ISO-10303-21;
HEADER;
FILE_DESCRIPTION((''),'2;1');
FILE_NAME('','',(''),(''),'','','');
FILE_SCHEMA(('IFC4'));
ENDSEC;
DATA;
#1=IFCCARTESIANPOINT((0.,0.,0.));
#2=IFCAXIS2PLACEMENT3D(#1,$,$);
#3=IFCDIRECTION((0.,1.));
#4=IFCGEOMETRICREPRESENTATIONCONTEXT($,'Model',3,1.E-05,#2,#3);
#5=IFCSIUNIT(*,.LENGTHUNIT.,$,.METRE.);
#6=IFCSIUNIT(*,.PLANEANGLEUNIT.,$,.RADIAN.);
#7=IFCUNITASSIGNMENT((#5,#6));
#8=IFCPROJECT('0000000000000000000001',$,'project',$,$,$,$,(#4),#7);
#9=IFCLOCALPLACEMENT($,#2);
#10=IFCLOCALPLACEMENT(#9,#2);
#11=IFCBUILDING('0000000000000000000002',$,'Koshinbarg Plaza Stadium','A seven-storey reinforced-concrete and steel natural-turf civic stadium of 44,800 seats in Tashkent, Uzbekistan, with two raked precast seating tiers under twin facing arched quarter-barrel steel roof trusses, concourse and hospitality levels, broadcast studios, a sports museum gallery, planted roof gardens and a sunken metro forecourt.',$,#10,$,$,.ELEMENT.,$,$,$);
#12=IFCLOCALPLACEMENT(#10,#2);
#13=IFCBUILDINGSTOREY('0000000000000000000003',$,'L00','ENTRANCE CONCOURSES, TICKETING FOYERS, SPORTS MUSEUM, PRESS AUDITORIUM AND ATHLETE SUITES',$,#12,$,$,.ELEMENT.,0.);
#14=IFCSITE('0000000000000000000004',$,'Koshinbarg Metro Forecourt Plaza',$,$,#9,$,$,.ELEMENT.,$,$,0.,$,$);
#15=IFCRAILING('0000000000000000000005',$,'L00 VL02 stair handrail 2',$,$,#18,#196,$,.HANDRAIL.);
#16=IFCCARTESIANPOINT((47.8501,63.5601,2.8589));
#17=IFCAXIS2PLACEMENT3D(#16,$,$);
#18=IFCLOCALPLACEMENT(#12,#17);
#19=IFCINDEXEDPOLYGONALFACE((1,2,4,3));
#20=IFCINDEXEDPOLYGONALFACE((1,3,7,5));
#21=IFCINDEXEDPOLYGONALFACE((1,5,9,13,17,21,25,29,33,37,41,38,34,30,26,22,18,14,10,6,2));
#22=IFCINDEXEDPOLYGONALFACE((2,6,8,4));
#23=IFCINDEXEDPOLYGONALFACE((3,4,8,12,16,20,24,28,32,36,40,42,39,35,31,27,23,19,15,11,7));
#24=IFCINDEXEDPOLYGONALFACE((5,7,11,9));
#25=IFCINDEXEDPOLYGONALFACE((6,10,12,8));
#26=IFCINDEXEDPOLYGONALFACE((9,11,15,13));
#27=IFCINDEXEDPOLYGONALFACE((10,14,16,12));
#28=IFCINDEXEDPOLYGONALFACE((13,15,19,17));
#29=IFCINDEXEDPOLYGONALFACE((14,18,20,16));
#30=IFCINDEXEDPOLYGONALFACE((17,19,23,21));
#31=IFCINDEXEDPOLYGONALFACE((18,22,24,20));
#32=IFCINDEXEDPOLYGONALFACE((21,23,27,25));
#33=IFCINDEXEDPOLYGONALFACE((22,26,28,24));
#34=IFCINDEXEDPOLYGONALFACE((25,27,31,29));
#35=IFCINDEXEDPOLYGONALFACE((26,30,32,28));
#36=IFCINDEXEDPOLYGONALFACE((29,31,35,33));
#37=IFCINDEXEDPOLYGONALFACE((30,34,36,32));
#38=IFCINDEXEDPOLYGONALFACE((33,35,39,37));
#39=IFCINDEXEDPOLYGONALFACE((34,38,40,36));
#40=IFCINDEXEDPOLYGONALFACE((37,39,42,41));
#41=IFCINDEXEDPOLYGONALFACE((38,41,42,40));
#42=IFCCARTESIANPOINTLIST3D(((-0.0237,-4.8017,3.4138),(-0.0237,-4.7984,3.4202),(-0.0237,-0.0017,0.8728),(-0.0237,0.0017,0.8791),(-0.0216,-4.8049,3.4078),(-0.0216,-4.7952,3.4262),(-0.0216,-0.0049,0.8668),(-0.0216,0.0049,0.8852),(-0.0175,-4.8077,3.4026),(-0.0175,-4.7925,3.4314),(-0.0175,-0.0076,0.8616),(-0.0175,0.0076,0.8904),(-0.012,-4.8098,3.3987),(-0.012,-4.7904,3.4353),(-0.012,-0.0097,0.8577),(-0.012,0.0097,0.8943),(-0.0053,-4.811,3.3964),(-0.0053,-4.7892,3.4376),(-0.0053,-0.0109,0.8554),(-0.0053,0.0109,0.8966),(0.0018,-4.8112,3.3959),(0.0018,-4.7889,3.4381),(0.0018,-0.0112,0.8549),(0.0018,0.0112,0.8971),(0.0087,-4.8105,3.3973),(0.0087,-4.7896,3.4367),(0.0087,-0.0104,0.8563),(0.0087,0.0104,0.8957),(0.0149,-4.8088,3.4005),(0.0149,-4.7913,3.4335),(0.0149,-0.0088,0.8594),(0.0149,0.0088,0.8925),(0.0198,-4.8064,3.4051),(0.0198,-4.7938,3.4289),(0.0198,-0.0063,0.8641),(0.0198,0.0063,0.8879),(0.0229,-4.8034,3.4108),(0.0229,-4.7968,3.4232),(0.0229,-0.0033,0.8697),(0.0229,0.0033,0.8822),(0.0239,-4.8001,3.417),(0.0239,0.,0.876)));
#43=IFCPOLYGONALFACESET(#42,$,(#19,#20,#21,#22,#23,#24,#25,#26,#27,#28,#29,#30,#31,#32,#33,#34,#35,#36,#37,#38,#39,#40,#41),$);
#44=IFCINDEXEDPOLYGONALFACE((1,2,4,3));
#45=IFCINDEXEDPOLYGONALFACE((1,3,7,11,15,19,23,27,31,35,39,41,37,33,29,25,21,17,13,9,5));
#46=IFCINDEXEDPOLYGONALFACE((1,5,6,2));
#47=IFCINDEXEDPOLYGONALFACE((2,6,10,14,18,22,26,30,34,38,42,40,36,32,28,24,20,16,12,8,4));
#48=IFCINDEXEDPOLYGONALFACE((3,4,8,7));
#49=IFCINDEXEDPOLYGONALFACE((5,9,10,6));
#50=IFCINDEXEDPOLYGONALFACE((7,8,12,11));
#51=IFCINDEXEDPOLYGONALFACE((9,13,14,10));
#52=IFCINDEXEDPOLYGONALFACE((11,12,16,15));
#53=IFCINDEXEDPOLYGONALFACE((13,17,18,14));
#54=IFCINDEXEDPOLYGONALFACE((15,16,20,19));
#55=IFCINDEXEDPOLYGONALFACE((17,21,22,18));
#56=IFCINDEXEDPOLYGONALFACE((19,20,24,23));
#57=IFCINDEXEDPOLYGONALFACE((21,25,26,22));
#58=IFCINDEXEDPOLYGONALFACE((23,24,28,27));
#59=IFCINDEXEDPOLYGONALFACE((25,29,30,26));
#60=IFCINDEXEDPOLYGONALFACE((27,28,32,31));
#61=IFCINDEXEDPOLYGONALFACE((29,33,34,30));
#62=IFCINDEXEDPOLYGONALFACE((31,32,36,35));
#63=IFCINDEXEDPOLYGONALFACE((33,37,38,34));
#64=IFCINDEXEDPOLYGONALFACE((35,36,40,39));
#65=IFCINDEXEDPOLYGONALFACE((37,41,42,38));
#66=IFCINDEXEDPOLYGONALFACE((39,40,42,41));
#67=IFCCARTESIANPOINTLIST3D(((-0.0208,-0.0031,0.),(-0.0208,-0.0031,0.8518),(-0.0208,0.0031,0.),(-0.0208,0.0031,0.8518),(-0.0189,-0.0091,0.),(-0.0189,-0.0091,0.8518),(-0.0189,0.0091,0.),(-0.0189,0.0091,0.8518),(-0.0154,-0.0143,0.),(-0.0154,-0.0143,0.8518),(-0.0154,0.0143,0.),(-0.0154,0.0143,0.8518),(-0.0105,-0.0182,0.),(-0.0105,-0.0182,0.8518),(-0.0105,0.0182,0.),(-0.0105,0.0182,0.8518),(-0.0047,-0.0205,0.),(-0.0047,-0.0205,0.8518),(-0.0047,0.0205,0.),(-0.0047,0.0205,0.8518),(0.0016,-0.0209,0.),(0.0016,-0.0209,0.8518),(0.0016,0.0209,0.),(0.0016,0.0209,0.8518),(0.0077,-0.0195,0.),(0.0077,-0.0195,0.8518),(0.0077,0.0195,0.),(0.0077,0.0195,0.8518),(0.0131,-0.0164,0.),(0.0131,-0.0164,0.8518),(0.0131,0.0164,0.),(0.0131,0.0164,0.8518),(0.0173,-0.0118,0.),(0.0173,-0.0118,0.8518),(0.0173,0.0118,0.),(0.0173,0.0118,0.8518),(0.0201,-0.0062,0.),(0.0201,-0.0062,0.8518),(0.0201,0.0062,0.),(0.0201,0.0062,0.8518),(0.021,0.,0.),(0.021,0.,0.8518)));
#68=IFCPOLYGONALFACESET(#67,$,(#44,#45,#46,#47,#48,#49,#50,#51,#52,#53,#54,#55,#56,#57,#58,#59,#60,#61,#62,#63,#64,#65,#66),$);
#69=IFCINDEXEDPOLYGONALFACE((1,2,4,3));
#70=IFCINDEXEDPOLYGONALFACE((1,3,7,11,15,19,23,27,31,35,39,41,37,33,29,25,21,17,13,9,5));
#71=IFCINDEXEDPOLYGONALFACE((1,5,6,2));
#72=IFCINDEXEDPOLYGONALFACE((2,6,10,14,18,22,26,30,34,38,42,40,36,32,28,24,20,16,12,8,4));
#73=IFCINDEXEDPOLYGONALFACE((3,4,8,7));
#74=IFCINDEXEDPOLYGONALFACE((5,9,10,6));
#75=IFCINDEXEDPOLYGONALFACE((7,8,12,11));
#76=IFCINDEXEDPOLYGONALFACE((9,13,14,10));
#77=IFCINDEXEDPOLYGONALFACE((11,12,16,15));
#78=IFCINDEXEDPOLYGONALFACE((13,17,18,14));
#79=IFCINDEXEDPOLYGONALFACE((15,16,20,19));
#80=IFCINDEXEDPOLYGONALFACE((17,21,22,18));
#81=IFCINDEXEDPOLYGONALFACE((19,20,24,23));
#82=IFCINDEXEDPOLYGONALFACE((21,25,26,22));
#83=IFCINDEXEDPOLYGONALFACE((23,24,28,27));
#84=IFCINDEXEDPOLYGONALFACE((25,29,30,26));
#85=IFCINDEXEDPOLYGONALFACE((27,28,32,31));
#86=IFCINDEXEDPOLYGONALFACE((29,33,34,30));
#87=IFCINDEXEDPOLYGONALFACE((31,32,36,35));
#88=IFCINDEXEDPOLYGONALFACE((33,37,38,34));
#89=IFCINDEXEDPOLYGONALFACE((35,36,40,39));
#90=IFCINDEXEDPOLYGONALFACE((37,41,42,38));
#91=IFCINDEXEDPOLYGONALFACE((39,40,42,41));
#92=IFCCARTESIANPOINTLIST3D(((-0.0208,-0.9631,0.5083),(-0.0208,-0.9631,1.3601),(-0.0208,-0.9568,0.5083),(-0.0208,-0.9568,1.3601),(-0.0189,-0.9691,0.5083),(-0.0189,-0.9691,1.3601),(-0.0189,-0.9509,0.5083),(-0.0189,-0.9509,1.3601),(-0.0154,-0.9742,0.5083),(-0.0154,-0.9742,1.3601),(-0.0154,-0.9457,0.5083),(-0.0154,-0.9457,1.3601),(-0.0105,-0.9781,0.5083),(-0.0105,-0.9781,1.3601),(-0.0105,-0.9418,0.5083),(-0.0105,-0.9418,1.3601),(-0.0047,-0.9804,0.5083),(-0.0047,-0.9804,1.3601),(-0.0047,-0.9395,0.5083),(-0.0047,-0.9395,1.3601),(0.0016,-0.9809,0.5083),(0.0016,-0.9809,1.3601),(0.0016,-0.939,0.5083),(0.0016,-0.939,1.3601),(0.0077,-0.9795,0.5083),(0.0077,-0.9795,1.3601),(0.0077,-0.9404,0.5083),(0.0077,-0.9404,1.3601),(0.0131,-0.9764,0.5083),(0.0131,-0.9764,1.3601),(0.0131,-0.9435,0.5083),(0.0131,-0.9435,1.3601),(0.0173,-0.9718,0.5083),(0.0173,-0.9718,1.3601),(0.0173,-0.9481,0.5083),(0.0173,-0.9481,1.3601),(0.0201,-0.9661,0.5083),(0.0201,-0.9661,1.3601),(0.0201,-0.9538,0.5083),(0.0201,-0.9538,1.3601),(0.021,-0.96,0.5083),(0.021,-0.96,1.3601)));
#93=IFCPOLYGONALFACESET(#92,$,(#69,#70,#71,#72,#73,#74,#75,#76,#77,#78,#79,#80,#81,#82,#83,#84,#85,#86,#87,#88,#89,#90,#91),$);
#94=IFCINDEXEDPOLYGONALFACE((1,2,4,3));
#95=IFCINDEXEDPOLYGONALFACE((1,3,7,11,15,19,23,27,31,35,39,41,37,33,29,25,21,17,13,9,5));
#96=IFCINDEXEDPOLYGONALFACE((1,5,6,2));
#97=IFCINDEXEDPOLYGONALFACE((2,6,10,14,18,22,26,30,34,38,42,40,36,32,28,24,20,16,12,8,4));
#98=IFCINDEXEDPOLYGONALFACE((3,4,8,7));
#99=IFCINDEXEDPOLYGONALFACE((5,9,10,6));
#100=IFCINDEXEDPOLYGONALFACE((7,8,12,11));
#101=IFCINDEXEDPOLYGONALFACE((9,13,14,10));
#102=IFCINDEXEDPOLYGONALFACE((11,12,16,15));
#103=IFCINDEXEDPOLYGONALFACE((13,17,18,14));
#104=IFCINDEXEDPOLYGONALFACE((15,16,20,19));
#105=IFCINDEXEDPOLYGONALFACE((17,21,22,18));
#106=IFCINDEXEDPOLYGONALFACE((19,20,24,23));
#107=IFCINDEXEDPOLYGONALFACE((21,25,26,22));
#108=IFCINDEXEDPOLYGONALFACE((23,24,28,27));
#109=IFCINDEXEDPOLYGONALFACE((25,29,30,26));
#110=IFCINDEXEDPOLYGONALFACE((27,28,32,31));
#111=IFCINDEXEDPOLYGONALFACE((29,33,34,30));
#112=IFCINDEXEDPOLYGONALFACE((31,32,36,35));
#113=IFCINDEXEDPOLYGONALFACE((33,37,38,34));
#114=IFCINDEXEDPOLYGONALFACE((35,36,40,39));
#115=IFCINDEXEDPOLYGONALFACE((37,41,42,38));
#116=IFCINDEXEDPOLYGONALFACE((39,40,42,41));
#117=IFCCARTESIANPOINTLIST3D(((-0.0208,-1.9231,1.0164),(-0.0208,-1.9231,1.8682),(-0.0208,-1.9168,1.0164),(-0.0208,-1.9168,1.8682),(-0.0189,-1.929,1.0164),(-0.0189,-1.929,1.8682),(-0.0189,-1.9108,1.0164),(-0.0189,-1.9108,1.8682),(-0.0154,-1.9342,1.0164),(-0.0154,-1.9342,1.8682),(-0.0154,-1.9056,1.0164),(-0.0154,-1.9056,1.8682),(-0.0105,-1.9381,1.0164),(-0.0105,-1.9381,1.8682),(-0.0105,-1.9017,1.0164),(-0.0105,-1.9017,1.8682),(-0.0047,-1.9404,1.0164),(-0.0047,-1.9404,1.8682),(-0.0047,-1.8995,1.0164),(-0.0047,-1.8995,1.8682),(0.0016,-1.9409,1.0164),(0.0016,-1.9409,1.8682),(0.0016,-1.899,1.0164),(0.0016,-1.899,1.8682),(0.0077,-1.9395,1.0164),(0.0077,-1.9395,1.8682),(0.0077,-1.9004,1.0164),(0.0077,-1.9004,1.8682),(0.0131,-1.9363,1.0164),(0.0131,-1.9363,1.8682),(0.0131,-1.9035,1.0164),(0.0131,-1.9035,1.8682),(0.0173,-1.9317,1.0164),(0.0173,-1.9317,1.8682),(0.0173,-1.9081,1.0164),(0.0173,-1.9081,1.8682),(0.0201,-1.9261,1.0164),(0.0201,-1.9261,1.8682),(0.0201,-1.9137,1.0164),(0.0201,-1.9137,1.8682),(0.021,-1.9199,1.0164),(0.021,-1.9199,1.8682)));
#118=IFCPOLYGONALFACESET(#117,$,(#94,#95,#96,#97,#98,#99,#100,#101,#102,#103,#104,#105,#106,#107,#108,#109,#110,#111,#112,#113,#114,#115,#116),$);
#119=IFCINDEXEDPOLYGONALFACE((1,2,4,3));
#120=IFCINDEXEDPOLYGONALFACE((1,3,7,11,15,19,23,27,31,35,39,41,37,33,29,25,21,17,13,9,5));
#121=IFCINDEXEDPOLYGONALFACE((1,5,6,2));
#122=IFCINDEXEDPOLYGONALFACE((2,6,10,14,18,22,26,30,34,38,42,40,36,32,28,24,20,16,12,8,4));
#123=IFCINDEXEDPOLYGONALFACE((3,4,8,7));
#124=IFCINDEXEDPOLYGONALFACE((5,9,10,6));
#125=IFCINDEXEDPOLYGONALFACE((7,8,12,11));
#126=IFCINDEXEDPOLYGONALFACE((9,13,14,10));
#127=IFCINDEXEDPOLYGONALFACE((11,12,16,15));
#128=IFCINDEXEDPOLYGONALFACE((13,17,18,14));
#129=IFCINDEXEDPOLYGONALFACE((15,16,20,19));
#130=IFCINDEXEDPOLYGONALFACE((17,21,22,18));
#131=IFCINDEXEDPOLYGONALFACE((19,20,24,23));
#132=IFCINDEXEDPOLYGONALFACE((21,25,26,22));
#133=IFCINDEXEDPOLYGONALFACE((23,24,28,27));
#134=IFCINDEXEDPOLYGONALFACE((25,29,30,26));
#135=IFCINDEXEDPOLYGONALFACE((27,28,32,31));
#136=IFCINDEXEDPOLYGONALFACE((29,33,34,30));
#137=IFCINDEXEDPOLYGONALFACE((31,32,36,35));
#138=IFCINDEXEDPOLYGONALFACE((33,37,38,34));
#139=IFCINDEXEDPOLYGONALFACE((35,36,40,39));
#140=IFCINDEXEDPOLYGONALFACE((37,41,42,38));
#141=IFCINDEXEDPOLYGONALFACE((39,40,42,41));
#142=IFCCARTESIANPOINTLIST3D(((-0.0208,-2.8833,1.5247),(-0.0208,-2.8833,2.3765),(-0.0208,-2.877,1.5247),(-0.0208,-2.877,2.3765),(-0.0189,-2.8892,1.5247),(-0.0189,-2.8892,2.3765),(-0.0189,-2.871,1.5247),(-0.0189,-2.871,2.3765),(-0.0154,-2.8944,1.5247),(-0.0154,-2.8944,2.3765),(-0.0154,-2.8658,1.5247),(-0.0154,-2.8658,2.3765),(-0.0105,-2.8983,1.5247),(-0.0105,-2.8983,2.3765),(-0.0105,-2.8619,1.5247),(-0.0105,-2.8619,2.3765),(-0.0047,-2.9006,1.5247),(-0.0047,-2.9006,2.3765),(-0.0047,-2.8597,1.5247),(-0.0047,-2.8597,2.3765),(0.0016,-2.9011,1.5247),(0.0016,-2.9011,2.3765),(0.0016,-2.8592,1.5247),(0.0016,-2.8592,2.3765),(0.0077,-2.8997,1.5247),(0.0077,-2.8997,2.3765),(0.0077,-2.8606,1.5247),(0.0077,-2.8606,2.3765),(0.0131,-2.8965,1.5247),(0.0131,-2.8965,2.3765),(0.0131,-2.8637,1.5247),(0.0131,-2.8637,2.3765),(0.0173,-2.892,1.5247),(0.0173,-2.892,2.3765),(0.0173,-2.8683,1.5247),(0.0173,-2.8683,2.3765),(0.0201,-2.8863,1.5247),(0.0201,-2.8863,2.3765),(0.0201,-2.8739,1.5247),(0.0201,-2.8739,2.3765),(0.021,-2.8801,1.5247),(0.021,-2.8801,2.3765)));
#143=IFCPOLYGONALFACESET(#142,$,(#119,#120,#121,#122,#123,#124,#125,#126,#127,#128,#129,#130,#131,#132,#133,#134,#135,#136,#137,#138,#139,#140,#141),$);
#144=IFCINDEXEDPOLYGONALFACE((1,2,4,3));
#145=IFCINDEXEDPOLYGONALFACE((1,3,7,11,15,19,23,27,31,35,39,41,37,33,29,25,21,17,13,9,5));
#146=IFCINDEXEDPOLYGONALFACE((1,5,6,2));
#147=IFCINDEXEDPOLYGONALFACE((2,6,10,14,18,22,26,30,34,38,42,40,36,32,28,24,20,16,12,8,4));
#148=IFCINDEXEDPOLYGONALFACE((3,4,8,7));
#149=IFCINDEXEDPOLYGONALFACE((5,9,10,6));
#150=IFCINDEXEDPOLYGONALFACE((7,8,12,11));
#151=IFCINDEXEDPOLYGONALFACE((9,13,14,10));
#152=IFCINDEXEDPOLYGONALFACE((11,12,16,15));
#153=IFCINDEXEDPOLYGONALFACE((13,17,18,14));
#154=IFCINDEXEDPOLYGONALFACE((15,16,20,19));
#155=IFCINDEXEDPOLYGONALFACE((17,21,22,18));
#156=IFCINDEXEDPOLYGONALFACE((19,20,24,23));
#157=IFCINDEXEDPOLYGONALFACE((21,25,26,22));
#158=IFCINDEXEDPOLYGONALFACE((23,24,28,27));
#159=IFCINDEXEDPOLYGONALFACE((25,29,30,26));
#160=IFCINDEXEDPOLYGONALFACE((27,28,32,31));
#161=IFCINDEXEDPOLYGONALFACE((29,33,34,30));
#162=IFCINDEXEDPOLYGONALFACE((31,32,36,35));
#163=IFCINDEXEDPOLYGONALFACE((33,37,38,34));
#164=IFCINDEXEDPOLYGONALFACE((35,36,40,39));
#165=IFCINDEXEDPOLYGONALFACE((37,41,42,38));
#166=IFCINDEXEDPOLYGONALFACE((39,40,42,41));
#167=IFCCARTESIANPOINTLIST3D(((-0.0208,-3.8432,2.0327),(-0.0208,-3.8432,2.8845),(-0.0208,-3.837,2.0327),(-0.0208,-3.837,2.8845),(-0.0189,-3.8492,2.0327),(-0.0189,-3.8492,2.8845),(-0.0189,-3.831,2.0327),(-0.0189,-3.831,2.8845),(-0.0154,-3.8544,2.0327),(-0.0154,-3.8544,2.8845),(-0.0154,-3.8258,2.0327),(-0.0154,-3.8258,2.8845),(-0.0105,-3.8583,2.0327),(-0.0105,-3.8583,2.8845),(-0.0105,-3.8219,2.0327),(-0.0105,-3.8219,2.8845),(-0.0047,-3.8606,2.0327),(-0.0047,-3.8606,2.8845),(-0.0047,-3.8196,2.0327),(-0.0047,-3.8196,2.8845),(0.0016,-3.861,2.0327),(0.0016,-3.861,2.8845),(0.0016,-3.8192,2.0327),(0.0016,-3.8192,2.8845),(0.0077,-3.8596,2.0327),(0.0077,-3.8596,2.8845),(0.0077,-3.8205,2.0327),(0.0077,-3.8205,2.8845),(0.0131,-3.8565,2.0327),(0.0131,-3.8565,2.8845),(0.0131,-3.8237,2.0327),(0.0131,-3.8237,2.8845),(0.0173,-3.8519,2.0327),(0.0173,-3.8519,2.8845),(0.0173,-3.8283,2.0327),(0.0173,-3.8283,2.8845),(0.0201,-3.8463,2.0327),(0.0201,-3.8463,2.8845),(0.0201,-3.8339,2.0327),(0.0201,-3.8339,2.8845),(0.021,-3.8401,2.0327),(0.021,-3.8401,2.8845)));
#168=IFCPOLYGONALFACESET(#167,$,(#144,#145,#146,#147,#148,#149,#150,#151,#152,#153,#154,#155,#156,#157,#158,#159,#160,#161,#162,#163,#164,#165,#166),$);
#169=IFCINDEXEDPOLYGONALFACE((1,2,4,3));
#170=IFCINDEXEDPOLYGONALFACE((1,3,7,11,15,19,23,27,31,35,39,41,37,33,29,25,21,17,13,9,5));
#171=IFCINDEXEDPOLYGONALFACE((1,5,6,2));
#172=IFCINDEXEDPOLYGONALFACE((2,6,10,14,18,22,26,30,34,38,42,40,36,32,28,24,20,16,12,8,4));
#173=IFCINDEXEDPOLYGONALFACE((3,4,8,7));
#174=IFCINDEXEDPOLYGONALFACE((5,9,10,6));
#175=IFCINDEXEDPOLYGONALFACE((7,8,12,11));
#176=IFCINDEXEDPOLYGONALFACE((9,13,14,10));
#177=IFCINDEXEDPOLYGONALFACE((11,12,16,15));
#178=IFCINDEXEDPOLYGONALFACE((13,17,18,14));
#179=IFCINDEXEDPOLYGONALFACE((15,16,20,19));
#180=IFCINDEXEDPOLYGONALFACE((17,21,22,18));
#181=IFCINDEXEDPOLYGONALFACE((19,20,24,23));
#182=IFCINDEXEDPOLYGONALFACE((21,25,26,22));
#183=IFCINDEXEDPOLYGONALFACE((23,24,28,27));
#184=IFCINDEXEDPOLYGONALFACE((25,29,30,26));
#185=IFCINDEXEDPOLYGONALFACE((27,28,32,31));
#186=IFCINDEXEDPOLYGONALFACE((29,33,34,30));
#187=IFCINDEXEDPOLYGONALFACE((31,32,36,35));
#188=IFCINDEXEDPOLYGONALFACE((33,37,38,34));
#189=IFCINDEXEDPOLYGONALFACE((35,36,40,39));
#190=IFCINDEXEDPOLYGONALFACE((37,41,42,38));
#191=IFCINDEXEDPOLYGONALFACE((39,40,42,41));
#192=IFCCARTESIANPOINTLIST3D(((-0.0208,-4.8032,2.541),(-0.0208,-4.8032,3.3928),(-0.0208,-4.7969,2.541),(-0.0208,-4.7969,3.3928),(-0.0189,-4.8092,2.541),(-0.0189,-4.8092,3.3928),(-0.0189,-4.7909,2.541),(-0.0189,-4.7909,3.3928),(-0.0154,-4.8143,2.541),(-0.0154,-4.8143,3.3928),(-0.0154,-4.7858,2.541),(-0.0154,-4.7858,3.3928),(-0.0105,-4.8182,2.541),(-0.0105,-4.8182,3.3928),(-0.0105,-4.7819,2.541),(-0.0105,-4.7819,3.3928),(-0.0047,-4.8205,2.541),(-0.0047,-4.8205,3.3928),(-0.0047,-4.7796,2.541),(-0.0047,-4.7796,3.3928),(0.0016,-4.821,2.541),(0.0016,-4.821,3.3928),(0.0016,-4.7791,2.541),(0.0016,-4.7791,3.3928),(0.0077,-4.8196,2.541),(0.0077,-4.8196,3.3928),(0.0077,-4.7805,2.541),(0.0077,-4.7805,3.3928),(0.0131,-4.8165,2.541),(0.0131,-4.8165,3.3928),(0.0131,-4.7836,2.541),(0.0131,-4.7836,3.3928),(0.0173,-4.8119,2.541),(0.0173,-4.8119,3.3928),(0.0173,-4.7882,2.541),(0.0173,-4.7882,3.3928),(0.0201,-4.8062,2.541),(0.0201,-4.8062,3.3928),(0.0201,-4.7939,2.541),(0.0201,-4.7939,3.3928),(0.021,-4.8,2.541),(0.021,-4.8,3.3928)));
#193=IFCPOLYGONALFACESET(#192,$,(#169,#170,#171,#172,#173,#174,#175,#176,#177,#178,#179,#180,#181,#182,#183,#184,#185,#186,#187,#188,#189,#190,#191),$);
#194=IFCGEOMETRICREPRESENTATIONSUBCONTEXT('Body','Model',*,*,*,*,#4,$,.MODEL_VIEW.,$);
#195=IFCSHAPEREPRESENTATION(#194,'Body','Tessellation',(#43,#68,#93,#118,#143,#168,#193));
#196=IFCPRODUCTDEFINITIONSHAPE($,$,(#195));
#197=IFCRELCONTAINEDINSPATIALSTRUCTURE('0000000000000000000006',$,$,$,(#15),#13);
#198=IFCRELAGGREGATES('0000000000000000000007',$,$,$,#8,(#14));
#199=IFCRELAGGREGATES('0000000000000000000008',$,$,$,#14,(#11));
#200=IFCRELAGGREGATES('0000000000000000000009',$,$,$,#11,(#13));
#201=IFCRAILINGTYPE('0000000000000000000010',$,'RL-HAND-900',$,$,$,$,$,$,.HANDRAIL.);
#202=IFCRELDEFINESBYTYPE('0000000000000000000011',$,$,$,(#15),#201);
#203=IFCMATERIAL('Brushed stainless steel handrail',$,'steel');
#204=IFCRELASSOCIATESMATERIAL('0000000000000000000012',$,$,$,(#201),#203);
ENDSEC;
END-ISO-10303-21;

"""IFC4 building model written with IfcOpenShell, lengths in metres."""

from ifc_helpers import new_model, si_unit, direction, frame, origin, origin_2d, place, context, subcontext, project, spatial, circle, extrude, material, type_object, element, save


model = new_model("IFC4")

# Units and contexts
model_context = context("Model", 3, precision=1e-05, world=origin(), true_north=direction((0.0, 1.0)))
body_context = subcontext(model_context, "Body", "Model", "MODEL_VIEW")
ifc_project = project(units=[si_unit("LENGTHUNIT", "METRE"), si_unit("PLANEANGLEUNIT", "RADIAN")], contexts=[model_context])

# Site, building, storey
site_placement = place(None, origin())
site = spatial("IfcSite", under=ifc_project, at=site_placement, Name="Koshinbarg Metro Forecourt Plaza", CompositionType="ELEMENT", RefElevation=0.0)
building_placement = place(site_placement, origin())
building = spatial("IfcBuilding", under=site, at=building_placement, Name="Koshinbarg Plaza Stadium", Description="A seven-storey reinforced-concrete and steel natural-turf civic stadium of 44,800 seats in Tashkent, Uzbekistan, with two raked precast seating tiers under twin facing arched quarter-barrel steel roof trusses, concourse and hospitality levels, broadcast studios, a sports museum gallery, planted roof gardens and a sunken metro forecourt.", CompositionType="ELEMENT")
storey_placement = place(building_placement, origin())
storey = spatial("IfcBuildingStorey", under=building, at=storey_placement, Name="L00", Description="ENTRANCE CONCOURSES, TICKETING FOYERS, SPORTS MUSEUM, PRESS AUDITORIUM AND ATHLETE SUITES", CompositionType="ELEMENT", Elevation=0.0)

# Railing
ifc_material_1 = material(Name="Brushed stainless steel handrail", Category="steel")
railing_type_1 = type_object("IfcRailingType", Name="RL-HAND-900", PredefinedType="HANDRAIL", material=ifc_material_1)
railing_1_placement = place(storey_placement, frame((47.8501, 63.5601, 2.8589)))
element("IfcRailing", 1, at=railing_1_placement, inside=storey, type_object=railing_type_1, Name="L00 VL02 stair handrail 2", PredefinedType="HANDRAIL", context=body_context, shape_type="SweptSolid", body=[
    extrude(circle(Radius=0.0239, at=origin_2d()), frame((0.0, 0.0, 0.876), z_axis=(0.0, -0.883802, 0.467861), x_axis=(1.0, 0.0, 0.0)), (0.0, 0.0, 1.0), 5.4312),
    extrude(circle(Radius=0.021, at=origin_2d()), origin(), (0.0, 0.0, 1.0), 0.8518),
    extrude(circle(Radius=0.021, at=origin_2d()), frame((0.0, -0.96, 0.5083)), (0.0, 0.0, 1.0), 0.8518),
    extrude(circle(Radius=0.021, at=origin_2d()), frame((0.0, -1.9199, 1.0164)), (0.0, 0.0, 1.0), 0.8518),
    extrude(circle(Radius=0.021, at=origin_2d()), frame((0.0, -2.8801, 1.5247)), (0.0, 0.0, 1.0), 0.8518),
    extrude(circle(Radius=0.021, at=origin_2d()), frame((0.0, -3.8401, 2.0327)), (0.0, 0.0, 1.0), 0.8518),
    extrude(circle(Radius=0.021, at=origin_2d()), frame((0.0, -4.8, 2.541)), (0.0, 0.0, 1.0), 0.8518),
])

save(model, "model.ifc")
